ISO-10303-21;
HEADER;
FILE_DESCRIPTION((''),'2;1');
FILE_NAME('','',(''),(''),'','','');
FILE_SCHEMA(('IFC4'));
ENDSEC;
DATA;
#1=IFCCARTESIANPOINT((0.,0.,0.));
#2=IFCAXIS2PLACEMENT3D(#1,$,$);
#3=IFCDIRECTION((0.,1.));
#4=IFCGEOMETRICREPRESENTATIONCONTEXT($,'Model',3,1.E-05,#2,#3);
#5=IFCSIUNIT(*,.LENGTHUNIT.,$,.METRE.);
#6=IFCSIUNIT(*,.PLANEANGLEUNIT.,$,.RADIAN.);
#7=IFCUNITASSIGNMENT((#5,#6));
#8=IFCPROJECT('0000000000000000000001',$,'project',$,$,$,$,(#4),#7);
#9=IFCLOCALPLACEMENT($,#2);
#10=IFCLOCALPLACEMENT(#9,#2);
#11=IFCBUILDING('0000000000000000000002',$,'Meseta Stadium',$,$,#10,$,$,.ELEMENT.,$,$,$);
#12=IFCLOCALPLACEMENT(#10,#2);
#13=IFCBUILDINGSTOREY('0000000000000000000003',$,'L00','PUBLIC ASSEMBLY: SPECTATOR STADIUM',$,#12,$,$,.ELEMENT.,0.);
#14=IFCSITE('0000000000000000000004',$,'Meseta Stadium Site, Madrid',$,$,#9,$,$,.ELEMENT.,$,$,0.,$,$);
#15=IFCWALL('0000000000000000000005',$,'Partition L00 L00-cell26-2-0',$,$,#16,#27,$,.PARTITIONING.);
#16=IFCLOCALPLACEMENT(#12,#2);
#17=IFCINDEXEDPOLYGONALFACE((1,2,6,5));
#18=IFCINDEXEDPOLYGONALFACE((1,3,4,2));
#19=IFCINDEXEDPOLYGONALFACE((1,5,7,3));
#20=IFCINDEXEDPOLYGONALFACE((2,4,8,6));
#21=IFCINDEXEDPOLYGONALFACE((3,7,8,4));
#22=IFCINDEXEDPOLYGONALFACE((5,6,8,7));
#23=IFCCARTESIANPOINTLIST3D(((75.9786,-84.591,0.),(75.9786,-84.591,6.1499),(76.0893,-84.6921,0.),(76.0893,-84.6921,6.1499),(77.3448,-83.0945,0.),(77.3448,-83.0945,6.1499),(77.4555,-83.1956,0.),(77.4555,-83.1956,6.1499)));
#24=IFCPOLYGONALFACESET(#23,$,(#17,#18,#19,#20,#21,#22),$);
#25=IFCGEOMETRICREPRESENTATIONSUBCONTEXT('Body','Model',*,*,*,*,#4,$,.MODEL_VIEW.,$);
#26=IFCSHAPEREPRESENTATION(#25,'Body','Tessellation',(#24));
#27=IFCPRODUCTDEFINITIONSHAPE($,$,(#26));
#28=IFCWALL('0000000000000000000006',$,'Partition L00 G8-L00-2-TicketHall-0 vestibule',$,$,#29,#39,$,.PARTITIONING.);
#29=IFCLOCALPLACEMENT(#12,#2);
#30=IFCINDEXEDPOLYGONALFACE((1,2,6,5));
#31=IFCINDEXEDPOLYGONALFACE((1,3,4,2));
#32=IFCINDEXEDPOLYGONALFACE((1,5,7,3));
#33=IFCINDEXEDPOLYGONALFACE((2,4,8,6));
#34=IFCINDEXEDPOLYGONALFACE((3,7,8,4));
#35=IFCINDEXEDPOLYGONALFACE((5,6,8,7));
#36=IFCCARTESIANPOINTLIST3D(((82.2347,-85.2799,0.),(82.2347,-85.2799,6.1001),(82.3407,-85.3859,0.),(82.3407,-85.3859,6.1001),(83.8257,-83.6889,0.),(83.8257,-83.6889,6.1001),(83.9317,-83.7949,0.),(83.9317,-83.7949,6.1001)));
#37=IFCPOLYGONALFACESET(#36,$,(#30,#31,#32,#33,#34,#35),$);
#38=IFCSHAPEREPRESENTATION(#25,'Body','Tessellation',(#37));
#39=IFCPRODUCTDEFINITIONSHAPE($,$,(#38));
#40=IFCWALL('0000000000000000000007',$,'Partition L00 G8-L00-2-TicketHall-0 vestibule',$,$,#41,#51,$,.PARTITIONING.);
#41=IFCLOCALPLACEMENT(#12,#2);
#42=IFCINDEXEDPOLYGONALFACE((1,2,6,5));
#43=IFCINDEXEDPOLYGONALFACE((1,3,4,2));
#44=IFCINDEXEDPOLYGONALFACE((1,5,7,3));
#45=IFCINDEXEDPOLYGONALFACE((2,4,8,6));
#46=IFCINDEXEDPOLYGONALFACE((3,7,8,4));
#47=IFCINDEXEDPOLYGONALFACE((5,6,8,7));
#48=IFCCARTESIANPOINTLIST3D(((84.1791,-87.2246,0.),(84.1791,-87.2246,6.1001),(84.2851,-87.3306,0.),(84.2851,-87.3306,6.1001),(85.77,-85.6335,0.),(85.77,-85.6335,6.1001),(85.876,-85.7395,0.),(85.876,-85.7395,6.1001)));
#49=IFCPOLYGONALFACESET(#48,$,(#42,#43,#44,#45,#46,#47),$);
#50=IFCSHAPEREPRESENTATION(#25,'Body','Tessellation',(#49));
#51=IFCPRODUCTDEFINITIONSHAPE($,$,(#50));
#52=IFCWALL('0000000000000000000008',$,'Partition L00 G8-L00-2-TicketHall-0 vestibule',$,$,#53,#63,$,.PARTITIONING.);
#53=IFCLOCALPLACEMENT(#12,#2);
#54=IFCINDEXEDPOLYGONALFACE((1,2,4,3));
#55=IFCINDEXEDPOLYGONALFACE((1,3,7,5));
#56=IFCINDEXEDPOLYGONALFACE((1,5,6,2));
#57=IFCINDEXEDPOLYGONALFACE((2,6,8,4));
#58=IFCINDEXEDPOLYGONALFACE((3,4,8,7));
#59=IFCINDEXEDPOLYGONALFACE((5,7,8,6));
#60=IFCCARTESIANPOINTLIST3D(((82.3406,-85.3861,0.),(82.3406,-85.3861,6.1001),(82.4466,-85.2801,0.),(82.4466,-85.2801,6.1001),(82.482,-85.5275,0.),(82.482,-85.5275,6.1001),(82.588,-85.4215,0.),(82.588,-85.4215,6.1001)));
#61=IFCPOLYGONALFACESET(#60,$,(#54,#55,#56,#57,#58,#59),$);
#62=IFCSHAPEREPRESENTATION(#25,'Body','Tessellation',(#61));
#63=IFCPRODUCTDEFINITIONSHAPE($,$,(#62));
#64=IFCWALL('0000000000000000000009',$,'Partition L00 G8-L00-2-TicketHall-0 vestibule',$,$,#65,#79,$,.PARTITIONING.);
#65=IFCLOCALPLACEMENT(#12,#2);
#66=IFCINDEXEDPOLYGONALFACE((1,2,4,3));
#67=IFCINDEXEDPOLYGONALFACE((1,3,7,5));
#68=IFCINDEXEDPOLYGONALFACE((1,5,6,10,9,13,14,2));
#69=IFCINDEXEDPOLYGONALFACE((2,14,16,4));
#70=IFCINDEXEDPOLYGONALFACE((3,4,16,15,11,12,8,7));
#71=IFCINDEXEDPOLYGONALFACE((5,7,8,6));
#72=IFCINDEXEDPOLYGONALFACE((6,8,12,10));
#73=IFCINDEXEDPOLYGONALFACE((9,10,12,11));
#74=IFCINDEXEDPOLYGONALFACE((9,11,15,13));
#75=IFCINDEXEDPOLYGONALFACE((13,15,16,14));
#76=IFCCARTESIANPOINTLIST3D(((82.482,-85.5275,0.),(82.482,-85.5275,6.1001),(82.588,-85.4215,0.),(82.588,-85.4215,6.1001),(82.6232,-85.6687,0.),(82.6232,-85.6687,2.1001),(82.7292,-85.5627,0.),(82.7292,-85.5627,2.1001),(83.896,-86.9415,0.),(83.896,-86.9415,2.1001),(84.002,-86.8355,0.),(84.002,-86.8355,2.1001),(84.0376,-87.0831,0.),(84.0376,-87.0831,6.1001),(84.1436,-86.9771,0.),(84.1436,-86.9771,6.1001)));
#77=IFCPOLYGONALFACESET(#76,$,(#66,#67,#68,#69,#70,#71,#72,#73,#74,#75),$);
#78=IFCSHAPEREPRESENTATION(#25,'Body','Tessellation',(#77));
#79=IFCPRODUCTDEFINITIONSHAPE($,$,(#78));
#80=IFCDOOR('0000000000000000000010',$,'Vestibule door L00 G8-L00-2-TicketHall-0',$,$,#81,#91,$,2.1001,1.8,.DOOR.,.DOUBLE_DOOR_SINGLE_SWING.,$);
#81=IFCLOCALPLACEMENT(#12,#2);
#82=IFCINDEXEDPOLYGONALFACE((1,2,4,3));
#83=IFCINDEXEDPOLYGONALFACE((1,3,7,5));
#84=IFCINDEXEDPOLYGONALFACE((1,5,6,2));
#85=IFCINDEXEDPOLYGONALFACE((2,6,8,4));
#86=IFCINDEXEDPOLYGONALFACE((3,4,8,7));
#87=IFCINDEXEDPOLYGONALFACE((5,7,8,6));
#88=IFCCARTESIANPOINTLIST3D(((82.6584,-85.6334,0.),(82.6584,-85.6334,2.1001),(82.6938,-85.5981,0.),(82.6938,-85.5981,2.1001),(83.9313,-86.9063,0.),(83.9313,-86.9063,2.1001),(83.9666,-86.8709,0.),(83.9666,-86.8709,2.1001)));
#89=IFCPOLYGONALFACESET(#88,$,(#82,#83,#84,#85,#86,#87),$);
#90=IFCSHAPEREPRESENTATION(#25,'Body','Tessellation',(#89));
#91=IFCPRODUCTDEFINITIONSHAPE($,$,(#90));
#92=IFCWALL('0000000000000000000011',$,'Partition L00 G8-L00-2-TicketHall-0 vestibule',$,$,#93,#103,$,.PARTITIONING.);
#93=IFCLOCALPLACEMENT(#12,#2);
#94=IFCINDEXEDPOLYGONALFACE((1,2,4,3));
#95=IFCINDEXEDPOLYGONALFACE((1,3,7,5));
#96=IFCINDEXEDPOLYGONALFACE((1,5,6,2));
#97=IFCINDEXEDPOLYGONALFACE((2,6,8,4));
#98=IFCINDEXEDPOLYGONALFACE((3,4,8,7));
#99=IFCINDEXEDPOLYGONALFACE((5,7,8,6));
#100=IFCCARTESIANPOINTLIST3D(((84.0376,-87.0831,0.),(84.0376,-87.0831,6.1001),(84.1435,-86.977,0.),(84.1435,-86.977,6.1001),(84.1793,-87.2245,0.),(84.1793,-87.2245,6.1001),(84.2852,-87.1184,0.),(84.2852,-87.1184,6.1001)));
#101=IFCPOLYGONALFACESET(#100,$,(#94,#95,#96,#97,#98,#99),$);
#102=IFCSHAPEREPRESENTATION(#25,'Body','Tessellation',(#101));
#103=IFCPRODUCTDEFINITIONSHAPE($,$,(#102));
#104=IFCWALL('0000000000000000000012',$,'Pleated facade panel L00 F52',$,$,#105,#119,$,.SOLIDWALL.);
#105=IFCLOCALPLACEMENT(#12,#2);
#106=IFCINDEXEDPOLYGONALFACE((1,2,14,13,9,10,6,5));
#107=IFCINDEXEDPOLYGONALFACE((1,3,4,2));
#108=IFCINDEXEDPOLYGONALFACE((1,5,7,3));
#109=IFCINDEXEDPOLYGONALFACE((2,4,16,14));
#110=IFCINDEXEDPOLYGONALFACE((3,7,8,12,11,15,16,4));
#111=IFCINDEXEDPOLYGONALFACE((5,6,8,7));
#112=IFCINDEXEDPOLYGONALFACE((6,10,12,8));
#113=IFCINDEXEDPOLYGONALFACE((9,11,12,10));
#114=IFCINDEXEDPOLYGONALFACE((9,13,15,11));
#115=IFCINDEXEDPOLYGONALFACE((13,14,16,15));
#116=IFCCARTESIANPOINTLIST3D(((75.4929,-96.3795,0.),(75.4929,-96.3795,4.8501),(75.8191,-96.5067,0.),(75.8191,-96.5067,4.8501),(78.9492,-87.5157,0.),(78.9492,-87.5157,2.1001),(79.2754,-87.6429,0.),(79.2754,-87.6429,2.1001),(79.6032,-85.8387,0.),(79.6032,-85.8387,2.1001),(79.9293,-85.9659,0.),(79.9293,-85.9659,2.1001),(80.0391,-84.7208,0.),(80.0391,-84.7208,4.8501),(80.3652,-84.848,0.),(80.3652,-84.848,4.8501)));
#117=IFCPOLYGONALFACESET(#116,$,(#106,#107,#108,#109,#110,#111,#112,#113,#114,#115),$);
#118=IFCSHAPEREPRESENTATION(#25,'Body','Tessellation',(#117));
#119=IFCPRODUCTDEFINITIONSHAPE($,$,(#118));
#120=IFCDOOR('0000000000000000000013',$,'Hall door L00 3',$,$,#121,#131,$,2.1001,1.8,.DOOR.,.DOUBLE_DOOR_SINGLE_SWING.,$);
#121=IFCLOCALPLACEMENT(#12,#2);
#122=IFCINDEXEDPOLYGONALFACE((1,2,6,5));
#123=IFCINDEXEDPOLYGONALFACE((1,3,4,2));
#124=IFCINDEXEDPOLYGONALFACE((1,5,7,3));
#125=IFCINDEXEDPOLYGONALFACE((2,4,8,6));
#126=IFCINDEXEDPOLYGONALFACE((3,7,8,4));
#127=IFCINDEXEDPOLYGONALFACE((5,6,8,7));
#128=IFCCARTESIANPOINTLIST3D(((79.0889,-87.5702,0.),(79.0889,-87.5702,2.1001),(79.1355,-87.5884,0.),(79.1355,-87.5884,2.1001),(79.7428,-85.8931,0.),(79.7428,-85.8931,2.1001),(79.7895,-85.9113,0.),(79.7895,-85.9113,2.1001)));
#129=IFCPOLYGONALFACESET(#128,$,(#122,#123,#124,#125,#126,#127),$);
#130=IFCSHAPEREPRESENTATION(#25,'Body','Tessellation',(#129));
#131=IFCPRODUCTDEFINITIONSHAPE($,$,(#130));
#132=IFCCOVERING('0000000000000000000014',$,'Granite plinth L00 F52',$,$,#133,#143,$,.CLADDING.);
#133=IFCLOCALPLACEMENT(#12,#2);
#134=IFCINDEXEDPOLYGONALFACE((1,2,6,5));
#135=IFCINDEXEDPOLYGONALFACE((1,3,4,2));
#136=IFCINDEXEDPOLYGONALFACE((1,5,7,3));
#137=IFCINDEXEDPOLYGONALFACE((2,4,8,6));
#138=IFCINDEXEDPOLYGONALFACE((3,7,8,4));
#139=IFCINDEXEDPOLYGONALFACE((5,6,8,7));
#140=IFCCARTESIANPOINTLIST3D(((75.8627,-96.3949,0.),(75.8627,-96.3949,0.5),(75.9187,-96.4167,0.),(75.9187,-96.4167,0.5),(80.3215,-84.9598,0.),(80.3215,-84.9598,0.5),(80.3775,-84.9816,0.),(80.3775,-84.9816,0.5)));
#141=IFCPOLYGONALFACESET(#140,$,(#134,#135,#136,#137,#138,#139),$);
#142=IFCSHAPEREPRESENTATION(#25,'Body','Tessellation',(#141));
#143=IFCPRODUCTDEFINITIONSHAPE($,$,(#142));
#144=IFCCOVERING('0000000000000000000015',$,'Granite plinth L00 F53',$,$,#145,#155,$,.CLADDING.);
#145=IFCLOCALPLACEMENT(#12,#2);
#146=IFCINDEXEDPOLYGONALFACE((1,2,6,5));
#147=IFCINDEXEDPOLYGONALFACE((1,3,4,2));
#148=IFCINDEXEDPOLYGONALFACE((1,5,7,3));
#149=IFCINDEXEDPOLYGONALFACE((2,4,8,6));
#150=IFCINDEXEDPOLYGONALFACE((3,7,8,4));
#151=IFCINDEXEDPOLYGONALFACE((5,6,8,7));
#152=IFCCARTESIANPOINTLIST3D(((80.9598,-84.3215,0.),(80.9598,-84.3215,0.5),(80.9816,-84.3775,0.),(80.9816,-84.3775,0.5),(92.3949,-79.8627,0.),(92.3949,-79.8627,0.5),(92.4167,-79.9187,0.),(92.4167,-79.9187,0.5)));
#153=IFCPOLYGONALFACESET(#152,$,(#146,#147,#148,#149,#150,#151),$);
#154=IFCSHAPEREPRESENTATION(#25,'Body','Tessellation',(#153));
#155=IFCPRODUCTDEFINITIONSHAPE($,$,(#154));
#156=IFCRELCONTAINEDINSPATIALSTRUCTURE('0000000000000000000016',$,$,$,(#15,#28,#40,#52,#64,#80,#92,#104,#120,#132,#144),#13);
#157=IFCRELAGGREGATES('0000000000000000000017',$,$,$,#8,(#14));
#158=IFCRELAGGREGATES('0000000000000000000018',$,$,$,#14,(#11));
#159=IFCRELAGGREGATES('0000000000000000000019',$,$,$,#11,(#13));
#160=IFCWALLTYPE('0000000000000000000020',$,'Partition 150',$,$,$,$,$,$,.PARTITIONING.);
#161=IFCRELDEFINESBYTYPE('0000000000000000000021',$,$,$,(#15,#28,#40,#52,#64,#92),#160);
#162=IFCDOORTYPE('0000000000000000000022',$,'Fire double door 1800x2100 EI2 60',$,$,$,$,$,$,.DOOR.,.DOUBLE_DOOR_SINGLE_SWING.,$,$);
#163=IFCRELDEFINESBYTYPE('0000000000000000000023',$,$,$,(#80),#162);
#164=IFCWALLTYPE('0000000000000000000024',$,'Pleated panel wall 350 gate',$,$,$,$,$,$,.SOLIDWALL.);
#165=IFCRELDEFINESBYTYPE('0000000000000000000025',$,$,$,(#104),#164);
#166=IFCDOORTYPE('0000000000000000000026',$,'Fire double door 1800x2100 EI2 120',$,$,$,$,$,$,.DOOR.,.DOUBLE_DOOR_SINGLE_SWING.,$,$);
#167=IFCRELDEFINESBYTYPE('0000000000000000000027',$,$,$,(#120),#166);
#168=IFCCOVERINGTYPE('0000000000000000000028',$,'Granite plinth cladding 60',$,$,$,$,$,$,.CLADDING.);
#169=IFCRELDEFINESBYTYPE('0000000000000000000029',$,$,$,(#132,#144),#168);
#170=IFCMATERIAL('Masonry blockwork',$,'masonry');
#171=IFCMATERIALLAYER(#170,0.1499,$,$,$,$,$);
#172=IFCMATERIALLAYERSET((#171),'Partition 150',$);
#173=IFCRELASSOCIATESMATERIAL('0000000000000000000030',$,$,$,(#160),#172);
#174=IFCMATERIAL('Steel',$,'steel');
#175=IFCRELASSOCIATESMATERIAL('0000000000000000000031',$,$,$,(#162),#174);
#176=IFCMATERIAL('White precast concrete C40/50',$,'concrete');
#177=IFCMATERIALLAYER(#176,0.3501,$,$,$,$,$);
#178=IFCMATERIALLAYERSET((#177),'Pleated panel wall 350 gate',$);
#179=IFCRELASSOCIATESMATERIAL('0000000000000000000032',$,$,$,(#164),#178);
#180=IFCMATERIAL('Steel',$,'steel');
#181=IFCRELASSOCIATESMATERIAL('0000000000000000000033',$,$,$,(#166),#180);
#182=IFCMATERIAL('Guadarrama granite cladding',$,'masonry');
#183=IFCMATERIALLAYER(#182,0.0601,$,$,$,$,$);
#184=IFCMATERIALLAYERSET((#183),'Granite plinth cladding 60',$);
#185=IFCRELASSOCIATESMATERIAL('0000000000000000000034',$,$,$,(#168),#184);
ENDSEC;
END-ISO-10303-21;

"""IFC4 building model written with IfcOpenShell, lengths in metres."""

from ifc_helpers import new_model, si_unit, direction, frame, frame_2d, origin, origin_2d, place, context, subcontext, project, spatial, rectangle, extrude, material, layer, layer_set, type_object, element, fill, save


model = new_model("IFC4")

# Units and contexts
model_context = context("Model", 3, precision=1e-05, world=origin(), true_north=direction((0.0, 1.0)))
body_context = subcontext(model_context, "Body", "Model", "MODEL_VIEW")
ifc_project = project(units=[si_unit("LENGTHUNIT", "METRE"), si_unit("PLANEANGLEUNIT", "RADIAN")], contexts=[model_context])

# Site, building, storey
site_placement = place(None, origin())
site = spatial("IfcSite", under=ifc_project, at=site_placement, Name="Meseta Stadium Site, Madrid", CompositionType="ELEMENT", RefElevation=0.0)
building_placement = place(site_placement, origin())
building = spatial("IfcBuilding", under=site, at=building_placement, Name="Meseta Stadium", CompositionType="ELEMENT")
storey_placement = place(building_placement, origin())
storey = spatial("IfcBuildingStorey", under=building, at=storey_placement, Name="L00", Description="PUBLIC ASSEMBLY: SPECTATOR STADIUM", CompositionType="ELEMENT", Elevation=0.0)

# Shared definitions
ifc_material_1 = material(Name="Masonry blockwork", Category="masonry")
ifc_layer_1 = layer(ifc_material_1, 0.1499)
ifc_layer_set_1 = layer_set([ifc_layer_1], Name="Partition 150")
wall_type_1 = type_object("IfcWallType", Name="Partition 150", PredefinedType="PARTITIONING", material=ifc_layer_set_1)

# Shared definitions
ifc_material_2 = material(Name="Steel", Category="steel")
door_type_1 = type_object("IfcDoorType", Name="Fire double door 1800x2100 EI2 60", OperationType="DOUBLE_DOOR_SINGLE_SWING", PredefinedType="DOOR", material=ifc_material_2)

# Walls
wall_1_placement = place(storey_placement, frame((77.4001, -83.145, 0.0), z_axis=(0.0, 0.0, 1.0), x_axis=(-0.674207, -0.738543, 0.0)))
element("IfcWall", 1, at=wall_1_placement, inside=storey, type_object=wall_type_1, Name="Partition L00 L00-cell26-2-0", PredefinedType="PARTITIONING", context=body_context, shape_type="SweptSolid", body=[
    extrude(rectangle(XDim=2.0264, YDim=0.1499, at=frame_2d((1.0132, 0.0))), origin(), (0.0, 0.0, 1.0), 6.1499),
])
for number, where, z_axis, x_axis, name in (
    (2, (83.8787, -83.7419, 0.0), (0.0, 0.0, 1.0), (-0.707107, -0.707107, 0.0), "Partition L00 G8-L00-2-TicketHall-0 vestibule"),
    (3, (85.823, -85.6865, 0.0), (0.0, 0.0, 1.0), (-0.707053, -0.707161, 0.0), "Partition L00 G8-L00-2-TicketHall-0 vestibule"),
):
    element("IfcWall", number, at=place(storey_placement, frame(where, z_axis=z_axis, x_axis=x_axis)), inside=storey, type_object=wall_type_1, Name=name, PredefinedType="PARTITIONING", context=body_context, shape_type="SweptSolid", body=[
        extrude(rectangle(XDim=2.25, YDim=0.1499, at=frame_2d((1.125, 0.0))), origin(), (0.0, 0.0, 1.0), 6.1001),
    ])
wall_2_placement = place(storey_placement, frame((82.3936, -85.333, 0.0), z_axis=(0.0, 0.0, 1.0), x_axis=(0.707107, -0.707107, 0.0)))
element("IfcWall", 4, at=wall_2_placement, inside=storey, type_object=wall_type_1, Name="Partition L00 G8-L00-2-TicketHall-0 vestibule", PredefinedType="PARTITIONING", context=body_context, shape_type="SweptSolid", body=[
    extrude(rectangle(XDim=0.2, YDim=0.1499, at=frame_2d((0.1001, 0.0))), origin(), (0.0, 0.0, 1.0), 6.1001),
])

# Wall, opening, door
wall_3_placement = place(storey_placement, frame((82.5349, -85.4744, 0.0), z_axis=(0.0, 0.0, 1.0), x_axis=(0.707107, -0.707107, 0.0)))
wall_3 = element("IfcWall", 5, at=wall_3_placement, inside=storey, type_object=wall_type_1, Name="Partition L00 G8-L00-2-TicketHall-0 vestibule", PredefinedType="PARTITIONING", context=body_context, shape_type="SweptSolid", body=[
    extrude(rectangle(XDim=2.2, YDim=0.1499, at=frame_2d((1.1001, 0.0))), origin(), (0.0, 0.0, 1.0), 6.1001),
])
opening_1_placement = place(wall_3_placement, frame((0.2, 0.0, 0.0)))
opening_1 = element("IfcOpeningElement", 6, at=opening_1_placement, cuts=wall_3, PredefinedType="OPENING", context=body_context, shape_type="SweptSolid", body=[
    extrude(rectangle(XDim=1.8, YDim=2.1001, at=frame_2d((0.8999, 1.05))), frame((0.0, 0.085, 0.0), z_axis=(0.0, -1.0, 0.0), x_axis=(1.0, 0.0, 0.0)), (0.0, 0.0, 1.0), 0.1699),
])
door_1_placement = place(opening_1_placement, origin())
door_1 = element("IfcDoor", 7, at=door_1_placement, inside=storey, type_object=door_type_1, Name="Vestibule door L00 G8-L00-2-TicketHall-0", OperationType="DOUBLE_DOOR_SINGLE_SWING", OverallHeight=2.1001, OverallWidth=1.8, PredefinedType="DOOR", context=body_context, shape_type="SweptSolid", body=[
    extrude(rectangle(XDim=1.8, YDim=2.1001, at=frame_2d((0.8999, 1.05))), frame((0.0, 0.0249, 0.0), z_axis=(0.0, -1.0, 0.0), x_axis=(1.0, 0.0, 0.0)), (0.0, 0.0, 1.0), 0.05),
])
fill(opening_1, door_1)

# Wall
wall_4_placement = place(storey_placement, frame((84.0906, -87.03, 0.0), z_axis=(0.0, 0.0, 1.0), x_axis=(0.707717, -0.706496, 0.0)))
element("IfcWall", 8, at=wall_4_placement, inside=storey, type_object=wall_type_1, Name="Partition L00 G8-L00-2-TicketHall-0 vestibule", PredefinedType="PARTITIONING", context=body_context, shape_type="SweptSolid", body=[
    extrude(rectangle(XDim=0.2002, YDim=0.1499, at=frame_2d((0.1001, 0.0))), origin(), (0.0, 0.0, 1.0), 6.1001),
])

# Wall, opening, door
ifc_material_3 = material(Name="White precast concrete C40/50", Category="concrete")
ifc_layer_2 = layer(ifc_material_3, 0.3501)
ifc_layer_set_2 = layer_set([ifc_layer_2], Name="Pleated panel wall 350 gate")
wall_type_2 = type_object("IfcWallType", Name="Pleated panel wall 350 gate", PredefinedType="SOLIDWALL", material=ifc_layer_set_2)
wall_5_placement = place(storey_placement, frame((80.2021, -84.7844, 0.0), z_axis=(0.0, 0.0, 1.0), x_axis=(-0.363293, -0.931675, 0.0)))
wall_5 = element("IfcWall", 9, at=wall_5_placement, inside=storey, type_object=wall_type_2, Name="Pleated facade panel L00 F52", PredefinedType="SOLIDWALL", context=body_context, shape_type="SweptSolid", body=[
    extrude(rectangle(XDim=12.5137, YDim=0.3501, at=frame_2d((6.2568, 0.0))), origin(), (0.0, 0.0, 1.0), 4.8501),
])
opening_2_placement = place(wall_5_placement, frame((1.2, 0.0, 0.0)))
opening_2 = element("IfcOpeningElement", 10, at=opening_2_placement, cuts=wall_5, PredefinedType="OPENING", context=body_context, shape_type="SweptSolid", body=[
    extrude(rectangle(XDim=1.8, YDim=2.1001, at=frame_2d((0.8999, 1.05))), frame((0.0, 0.1851, 0.0), z_axis=(0.0, -1.0, 0.0), x_axis=(1.0, 0.0, 0.0)), (0.0, 0.0, 1.0), 0.3701),
])
ifc_material_4 = material(Name="Steel", Category="steel")
door_type_2 = type_object("IfcDoorType", Name="Fire double door 1800x2100 EI2 120", OperationType="DOUBLE_DOOR_SINGLE_SWING", PredefinedType="DOOR", material=ifc_material_4)
door_2_placement = place(opening_2_placement, origin())
door_2 = element("IfcDoor", 11, at=door_2_placement, inside=storey, type_object=door_type_2, Name="Hall door L00 3", OperationType="DOUBLE_DOOR_SINGLE_SWING", OverallHeight=2.1001, OverallWidth=1.8, PredefinedType="DOOR", context=body_context, shape_type="SweptSolid", body=[
    extrude(rectangle(XDim=1.8, YDim=2.1001, at=frame_2d((0.8999, 1.05))), frame((0.0, 0.0249, 0.0), z_axis=(0.0, -1.0, 0.0), x_axis=(1.0, 0.0, 0.0)), (0.0, 0.0, 1.0), 0.05),
])
fill(opening_2, door_2)

# Coverings
ifc_material_5 = material(Name="Guadarrama granite cladding", Category="masonry")
ifc_layer_3 = layer(ifc_material_5, 0.0601)
ifc_layer_set_3 = layer_set([ifc_layer_3], Name="Granite plinth cladding 60")
covering_type = type_object("IfcCoveringType", Name="Granite plinth cladding 60", PredefinedType="CLADDING", material=ifc_layer_set_3)
for number, where, z_axis, x_axis, name in (
    (12, (78.1201, -90.6882, 0.0), (0.0, 0.0, 1.0), (-0.363281, -0.93168, 0.0), "Granite plinth L00 F52"),
    (13, (86.6882, -82.1201, 0.0), (0.0, 0.0, 1.0), (-0.93168, -0.363281, 0.0), "Granite plinth L00 F53"),
):
    element("IfcCovering", number, at=place(storey_placement, frame(where, z_axis=z_axis, x_axis=x_axis)), inside=storey, type_object=covering_type, Name=name, PredefinedType="CLADDING", context=body_context, shape_type="SweptSolid", body=[
        extrude(rectangle(XDim=12.2737, YDim=0.0601, at=origin_2d()), origin(), (0.0, 0.0, 1.0), 0.5),
    ])

save(model, "model.ifc")
